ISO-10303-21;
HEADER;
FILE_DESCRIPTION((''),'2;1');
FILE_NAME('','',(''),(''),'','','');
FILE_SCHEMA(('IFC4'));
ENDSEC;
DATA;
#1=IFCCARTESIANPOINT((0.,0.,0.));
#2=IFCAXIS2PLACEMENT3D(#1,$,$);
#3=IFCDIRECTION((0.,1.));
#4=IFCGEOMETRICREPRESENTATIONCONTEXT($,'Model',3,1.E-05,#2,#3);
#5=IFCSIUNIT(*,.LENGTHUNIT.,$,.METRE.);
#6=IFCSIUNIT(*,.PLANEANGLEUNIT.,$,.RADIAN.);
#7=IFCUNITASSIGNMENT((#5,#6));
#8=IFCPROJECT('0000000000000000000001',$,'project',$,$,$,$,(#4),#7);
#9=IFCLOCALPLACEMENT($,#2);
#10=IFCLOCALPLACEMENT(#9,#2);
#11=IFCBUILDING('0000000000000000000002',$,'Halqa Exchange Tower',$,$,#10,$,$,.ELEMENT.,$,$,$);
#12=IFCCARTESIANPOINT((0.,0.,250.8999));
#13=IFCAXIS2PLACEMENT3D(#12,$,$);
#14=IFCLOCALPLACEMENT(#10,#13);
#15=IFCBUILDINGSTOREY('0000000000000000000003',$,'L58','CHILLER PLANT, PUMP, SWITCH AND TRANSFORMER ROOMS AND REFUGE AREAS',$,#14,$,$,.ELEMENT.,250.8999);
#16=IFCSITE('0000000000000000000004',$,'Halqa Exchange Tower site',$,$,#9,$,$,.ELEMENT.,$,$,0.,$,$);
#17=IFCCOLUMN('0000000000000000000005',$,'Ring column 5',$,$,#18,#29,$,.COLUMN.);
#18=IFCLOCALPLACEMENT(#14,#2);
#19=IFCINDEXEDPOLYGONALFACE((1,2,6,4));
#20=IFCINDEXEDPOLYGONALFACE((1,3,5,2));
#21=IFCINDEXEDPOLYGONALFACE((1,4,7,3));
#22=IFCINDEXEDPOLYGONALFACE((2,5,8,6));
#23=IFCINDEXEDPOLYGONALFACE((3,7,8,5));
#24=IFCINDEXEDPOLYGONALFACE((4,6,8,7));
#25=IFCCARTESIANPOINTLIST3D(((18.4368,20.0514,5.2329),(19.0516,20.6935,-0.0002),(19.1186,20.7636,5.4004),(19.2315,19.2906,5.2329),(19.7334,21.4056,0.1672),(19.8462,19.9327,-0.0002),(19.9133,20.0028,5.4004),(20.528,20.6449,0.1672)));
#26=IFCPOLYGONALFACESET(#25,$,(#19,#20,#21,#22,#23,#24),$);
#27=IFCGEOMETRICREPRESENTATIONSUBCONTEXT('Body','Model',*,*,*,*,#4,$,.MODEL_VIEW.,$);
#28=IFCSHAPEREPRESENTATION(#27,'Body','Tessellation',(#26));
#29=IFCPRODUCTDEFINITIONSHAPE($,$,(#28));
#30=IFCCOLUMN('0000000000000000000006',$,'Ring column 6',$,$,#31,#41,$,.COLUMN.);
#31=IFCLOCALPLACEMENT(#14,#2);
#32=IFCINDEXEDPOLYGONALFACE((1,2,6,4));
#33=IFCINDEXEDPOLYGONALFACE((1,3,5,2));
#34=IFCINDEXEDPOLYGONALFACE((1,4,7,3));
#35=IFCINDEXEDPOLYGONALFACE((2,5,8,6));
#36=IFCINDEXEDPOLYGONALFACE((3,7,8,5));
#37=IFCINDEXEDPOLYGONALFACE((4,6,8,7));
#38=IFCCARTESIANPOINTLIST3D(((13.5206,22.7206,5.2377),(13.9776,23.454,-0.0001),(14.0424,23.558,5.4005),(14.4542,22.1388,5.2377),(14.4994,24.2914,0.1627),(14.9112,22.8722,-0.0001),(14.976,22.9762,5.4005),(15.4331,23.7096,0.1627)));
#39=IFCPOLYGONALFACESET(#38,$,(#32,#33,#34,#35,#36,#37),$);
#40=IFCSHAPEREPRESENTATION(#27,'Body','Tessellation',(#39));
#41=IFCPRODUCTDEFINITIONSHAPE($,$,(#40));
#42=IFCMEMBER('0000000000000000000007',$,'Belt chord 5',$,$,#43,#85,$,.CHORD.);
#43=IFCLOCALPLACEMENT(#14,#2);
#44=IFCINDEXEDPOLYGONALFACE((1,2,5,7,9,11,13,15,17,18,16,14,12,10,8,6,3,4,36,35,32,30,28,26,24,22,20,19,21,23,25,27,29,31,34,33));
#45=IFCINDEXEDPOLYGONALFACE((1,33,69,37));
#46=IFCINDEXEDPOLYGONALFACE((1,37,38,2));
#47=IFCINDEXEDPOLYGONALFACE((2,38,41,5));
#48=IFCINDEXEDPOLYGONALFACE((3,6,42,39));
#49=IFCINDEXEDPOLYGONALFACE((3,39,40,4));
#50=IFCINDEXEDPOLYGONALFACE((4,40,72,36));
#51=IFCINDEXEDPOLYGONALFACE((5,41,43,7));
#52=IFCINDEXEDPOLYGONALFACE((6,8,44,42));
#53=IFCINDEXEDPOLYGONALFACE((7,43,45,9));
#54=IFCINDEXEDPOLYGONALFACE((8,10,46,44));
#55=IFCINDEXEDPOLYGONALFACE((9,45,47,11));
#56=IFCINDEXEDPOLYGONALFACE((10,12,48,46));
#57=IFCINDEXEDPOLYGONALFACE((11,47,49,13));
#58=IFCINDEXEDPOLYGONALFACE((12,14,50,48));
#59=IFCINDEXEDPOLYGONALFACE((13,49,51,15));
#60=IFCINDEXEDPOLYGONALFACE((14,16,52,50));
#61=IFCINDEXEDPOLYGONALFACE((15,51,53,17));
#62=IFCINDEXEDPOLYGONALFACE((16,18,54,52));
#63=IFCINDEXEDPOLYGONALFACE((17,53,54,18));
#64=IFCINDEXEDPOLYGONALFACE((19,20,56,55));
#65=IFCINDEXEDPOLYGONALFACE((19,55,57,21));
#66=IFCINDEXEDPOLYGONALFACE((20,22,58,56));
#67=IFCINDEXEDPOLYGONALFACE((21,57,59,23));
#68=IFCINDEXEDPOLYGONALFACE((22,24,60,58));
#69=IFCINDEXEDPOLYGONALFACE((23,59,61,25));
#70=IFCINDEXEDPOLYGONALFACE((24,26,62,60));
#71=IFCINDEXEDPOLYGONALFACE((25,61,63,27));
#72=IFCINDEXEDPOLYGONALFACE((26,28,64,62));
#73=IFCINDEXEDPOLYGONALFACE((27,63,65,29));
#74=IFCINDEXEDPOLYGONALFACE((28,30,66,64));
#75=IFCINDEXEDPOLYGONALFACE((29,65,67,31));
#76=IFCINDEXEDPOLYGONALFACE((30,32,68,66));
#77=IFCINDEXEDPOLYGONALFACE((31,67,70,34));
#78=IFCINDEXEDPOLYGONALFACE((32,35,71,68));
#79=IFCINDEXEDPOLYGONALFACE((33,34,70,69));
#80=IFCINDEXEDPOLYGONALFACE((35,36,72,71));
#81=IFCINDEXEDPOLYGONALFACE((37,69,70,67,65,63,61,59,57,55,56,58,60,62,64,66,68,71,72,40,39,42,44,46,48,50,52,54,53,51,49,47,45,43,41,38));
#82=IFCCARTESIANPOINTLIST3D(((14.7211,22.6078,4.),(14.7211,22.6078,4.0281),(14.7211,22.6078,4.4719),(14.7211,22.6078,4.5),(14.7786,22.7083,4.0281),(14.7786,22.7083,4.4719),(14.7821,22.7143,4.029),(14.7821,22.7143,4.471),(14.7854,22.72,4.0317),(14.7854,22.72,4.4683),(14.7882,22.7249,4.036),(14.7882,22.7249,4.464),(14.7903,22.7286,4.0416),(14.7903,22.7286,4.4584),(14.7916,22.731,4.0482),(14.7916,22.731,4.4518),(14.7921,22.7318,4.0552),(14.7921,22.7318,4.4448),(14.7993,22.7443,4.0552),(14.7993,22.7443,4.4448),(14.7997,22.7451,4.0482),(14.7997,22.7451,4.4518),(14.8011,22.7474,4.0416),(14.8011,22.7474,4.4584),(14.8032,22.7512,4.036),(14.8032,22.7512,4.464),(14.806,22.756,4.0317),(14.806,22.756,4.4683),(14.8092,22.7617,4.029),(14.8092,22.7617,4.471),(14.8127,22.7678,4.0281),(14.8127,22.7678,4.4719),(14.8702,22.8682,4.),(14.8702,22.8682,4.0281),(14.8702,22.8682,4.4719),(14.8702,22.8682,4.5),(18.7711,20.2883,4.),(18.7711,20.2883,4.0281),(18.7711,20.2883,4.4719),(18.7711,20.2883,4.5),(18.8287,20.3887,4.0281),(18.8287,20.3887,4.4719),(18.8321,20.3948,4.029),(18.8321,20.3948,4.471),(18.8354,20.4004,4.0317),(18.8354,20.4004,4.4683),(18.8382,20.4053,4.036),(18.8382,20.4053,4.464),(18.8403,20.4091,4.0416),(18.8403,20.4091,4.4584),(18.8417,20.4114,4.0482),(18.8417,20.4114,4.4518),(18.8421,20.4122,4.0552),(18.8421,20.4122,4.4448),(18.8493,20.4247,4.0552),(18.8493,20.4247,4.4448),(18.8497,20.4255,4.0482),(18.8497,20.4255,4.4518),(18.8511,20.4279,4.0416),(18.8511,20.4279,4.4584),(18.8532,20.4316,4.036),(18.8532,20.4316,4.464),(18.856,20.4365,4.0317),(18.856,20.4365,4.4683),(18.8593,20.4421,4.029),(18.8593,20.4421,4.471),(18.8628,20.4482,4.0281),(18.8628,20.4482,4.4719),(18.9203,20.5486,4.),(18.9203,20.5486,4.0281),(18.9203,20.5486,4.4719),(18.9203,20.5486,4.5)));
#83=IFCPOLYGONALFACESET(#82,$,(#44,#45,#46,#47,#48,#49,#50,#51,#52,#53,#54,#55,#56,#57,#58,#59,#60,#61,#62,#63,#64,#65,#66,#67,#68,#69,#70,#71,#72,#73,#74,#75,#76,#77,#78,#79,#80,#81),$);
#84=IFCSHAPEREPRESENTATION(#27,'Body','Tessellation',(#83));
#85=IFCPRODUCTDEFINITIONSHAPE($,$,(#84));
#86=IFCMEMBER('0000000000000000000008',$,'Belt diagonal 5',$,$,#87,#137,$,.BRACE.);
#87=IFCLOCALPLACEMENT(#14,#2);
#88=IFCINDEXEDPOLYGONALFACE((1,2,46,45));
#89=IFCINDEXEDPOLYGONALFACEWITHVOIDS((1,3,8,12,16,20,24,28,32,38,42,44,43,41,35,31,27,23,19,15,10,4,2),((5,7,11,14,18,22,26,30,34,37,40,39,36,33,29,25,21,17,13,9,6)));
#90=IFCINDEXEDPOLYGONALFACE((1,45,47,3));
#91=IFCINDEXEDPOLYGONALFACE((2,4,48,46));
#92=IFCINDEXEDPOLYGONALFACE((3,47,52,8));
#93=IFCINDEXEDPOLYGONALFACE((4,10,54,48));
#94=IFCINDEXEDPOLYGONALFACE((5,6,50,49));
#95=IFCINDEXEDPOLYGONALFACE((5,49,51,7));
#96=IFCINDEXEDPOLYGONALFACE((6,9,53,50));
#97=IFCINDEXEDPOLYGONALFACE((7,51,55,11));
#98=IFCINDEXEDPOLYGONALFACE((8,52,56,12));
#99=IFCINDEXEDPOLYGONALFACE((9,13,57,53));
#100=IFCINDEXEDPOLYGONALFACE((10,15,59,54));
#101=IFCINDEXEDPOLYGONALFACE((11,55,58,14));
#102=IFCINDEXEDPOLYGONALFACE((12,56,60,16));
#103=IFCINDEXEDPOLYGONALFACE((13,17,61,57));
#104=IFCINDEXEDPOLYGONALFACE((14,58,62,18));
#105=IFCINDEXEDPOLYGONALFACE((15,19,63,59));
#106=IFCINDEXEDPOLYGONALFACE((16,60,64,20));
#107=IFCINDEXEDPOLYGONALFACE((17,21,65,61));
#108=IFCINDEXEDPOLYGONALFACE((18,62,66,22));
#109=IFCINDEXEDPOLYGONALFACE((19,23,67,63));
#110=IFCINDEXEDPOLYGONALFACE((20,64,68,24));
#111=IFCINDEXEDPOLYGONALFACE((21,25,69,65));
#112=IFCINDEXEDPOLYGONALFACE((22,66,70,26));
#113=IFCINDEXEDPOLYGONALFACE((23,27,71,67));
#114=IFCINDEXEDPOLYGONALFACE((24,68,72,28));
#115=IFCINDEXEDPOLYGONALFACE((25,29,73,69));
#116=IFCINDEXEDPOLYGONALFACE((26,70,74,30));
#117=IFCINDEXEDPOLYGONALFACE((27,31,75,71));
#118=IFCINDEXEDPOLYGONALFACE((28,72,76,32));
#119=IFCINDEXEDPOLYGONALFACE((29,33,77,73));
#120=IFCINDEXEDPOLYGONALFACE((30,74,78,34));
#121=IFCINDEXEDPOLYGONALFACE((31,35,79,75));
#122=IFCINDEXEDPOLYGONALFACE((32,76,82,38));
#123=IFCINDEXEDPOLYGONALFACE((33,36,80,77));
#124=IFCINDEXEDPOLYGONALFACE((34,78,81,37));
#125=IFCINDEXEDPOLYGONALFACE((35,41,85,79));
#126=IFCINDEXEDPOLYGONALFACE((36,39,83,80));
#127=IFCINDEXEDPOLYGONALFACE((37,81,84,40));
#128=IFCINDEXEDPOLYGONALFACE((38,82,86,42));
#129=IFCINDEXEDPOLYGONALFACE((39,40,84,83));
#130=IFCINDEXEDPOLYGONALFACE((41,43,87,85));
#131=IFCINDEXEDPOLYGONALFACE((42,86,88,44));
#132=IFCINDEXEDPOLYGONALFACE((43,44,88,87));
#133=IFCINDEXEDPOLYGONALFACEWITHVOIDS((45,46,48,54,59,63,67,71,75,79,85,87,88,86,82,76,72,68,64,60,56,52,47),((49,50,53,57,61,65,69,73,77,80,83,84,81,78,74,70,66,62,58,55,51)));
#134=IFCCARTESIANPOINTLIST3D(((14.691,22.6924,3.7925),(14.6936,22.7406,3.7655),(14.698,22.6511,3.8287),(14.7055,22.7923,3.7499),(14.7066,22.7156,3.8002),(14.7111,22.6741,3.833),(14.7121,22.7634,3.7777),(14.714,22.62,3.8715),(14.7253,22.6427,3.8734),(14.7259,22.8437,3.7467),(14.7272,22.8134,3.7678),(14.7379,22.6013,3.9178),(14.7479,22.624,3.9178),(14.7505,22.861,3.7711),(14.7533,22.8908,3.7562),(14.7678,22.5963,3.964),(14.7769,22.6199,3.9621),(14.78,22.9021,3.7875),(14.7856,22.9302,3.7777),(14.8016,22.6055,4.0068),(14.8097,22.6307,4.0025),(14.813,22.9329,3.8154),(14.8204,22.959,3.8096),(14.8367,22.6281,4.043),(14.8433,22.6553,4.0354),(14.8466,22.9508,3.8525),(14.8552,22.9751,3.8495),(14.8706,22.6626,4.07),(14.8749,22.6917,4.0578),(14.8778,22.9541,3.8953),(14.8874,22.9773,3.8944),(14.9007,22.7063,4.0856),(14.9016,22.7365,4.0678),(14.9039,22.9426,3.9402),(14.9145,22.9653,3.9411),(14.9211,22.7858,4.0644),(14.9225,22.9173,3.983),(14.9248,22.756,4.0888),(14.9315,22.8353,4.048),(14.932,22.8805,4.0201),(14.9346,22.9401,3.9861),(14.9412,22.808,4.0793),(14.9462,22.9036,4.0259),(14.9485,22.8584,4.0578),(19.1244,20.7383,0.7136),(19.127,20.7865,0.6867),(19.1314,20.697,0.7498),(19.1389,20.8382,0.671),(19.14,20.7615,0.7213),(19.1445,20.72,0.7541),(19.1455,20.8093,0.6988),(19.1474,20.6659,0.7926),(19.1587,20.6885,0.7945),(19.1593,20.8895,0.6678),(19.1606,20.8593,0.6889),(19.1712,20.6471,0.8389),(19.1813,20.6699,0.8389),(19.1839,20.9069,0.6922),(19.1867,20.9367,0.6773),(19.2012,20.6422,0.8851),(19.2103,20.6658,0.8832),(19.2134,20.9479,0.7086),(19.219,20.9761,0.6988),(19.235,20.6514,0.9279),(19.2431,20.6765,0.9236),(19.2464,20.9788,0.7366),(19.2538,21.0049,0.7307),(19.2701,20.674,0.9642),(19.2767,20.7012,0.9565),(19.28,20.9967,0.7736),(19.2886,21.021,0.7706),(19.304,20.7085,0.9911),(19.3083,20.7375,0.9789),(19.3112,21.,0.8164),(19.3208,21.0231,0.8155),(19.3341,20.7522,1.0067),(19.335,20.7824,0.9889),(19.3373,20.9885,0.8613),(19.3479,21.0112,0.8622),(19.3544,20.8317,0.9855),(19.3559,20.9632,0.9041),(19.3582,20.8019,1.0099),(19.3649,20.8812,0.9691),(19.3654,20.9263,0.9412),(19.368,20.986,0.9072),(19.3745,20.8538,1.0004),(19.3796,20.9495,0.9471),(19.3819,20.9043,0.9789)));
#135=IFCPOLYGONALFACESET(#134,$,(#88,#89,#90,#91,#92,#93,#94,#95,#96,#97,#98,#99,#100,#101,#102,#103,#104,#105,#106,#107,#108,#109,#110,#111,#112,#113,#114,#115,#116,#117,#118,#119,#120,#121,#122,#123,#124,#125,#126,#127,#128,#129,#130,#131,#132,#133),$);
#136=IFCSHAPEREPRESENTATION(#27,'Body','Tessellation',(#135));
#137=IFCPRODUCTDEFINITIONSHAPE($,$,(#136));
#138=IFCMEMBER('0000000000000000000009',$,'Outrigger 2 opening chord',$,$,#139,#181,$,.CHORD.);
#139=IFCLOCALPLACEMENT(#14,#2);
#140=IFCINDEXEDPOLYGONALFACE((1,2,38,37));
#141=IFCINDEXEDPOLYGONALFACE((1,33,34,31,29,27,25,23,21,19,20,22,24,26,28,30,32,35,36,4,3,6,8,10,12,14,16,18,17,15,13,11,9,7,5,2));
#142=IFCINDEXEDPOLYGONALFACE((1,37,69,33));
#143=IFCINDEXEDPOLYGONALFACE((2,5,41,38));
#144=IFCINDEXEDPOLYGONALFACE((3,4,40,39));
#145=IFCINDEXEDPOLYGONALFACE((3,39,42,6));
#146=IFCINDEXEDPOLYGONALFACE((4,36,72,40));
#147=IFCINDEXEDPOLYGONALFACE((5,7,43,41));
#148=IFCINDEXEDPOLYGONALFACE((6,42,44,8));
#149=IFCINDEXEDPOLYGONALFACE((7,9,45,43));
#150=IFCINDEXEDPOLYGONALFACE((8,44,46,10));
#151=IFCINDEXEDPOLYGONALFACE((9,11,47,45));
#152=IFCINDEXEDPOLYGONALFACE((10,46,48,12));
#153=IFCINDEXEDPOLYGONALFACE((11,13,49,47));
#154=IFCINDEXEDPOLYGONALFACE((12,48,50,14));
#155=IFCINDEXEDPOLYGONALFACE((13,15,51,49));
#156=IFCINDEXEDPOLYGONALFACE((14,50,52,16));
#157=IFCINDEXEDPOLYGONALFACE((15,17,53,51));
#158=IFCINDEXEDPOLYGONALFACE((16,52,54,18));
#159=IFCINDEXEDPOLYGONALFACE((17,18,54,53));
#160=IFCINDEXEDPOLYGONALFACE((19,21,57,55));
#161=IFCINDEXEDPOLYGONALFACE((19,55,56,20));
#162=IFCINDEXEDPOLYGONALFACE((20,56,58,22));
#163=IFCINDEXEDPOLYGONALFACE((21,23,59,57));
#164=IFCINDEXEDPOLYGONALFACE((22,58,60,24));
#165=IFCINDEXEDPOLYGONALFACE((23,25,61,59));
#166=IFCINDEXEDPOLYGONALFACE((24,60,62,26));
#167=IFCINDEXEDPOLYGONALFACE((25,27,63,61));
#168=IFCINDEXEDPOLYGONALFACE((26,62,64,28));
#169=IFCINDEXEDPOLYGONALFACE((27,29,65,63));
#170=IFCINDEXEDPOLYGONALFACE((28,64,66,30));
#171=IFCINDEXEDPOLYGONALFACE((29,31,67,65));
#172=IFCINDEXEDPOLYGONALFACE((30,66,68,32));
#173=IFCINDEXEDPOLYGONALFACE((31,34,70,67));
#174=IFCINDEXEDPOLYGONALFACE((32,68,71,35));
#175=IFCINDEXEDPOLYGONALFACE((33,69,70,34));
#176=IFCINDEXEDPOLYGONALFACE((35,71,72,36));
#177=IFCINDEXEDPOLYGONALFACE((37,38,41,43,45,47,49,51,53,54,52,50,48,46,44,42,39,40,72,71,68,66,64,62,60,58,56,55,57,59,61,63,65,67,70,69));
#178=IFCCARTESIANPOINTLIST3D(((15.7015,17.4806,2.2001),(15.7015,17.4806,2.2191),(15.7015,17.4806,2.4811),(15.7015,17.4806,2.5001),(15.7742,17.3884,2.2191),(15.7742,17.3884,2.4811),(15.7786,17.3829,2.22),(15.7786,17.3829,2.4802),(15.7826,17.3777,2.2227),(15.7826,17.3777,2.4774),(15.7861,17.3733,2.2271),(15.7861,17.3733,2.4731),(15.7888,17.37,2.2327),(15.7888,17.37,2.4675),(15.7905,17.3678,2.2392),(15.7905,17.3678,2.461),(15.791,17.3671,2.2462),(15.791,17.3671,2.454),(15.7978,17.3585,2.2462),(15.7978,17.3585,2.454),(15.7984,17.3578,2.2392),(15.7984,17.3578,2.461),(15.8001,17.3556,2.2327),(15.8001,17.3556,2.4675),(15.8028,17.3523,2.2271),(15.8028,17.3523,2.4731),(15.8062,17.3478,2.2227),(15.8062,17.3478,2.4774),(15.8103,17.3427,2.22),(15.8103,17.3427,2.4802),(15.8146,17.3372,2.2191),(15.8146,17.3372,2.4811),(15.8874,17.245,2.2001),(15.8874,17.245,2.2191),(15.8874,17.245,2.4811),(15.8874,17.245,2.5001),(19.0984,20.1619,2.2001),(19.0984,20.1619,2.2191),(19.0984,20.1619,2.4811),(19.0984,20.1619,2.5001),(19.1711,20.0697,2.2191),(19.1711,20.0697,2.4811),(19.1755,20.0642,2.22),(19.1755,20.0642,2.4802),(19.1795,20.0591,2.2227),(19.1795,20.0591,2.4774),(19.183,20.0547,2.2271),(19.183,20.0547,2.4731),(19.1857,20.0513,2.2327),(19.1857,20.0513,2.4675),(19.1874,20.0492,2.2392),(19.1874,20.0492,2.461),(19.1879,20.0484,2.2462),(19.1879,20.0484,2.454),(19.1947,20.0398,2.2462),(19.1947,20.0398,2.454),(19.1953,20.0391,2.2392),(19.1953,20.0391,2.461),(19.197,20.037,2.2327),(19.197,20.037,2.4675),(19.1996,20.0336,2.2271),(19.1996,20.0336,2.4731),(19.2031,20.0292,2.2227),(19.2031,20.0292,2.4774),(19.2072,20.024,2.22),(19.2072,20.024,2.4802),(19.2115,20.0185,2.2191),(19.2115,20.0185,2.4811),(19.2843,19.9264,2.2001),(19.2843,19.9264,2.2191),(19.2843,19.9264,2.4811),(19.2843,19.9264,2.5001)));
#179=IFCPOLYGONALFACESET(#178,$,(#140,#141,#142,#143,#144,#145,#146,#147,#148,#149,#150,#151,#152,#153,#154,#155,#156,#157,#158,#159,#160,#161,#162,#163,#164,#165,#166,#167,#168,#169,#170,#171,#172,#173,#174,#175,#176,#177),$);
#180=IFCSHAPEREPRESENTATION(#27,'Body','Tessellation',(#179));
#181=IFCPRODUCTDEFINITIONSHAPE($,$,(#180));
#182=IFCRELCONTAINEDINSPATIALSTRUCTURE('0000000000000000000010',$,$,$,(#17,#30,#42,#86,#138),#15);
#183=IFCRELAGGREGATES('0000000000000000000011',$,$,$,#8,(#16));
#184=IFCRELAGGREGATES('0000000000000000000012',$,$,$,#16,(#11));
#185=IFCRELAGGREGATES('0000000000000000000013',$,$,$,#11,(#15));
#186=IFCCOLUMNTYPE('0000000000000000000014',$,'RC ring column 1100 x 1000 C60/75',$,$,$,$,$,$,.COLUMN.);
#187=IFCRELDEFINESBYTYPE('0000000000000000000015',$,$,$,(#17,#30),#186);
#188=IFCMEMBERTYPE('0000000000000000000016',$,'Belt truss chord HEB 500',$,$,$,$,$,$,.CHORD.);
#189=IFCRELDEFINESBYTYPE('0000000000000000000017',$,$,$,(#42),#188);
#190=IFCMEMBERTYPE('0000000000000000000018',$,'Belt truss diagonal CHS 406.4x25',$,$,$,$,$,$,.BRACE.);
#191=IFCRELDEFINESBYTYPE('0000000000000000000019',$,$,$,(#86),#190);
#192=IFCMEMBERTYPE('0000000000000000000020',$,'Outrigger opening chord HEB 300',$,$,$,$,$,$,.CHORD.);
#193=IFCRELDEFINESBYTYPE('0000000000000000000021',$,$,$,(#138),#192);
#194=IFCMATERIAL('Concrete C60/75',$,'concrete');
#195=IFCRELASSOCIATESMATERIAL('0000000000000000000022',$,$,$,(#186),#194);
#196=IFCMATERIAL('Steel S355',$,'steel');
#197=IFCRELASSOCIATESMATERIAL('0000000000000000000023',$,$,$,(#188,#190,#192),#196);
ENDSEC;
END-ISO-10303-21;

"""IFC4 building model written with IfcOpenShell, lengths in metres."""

from ifc_helpers import new_model, si_unit, direction, frame, origin, origin_2d, place, context, subcontext, project, spatial, rectangle, hollow_circle, i_section, extrude, material, material_profile, profile_set, type_object, element, save


model = new_model("IFC4")

# Units and contexts
model_context = context("Model", 3, precision=1e-05, world=origin(), true_north=direction((0.0, 1.0)))
body_context = subcontext(model_context, "Body", "Model", "MODEL_VIEW")
ifc_project = project(units=[si_unit("LENGTHUNIT", "METRE"), si_unit("PLANEANGLEUNIT", "RADIAN")], contexts=[model_context])

# Site, building, storey
site_placement = place(None, origin())
site = spatial("IfcSite", under=ifc_project, at=site_placement, Name="Halqa Exchange Tower site", CompositionType="ELEMENT", RefElevation=0.0)
building_placement = place(site_placement, origin())
building = spatial("IfcBuilding", under=site, at=building_placement, Name="Halqa Exchange Tower", CompositionType="ELEMENT")
storey_placement = place(building_placement, frame((0.0, 0.0, 250.8999)))
storey = spatial("IfcBuildingStorey", under=building, at=storey_placement, Name="L58", Description="CHILLER PLANT, PUMP, SWITCH AND TRANSFORMER ROOMS AND REFUGE AREAS", CompositionType="ELEMENT", Elevation=250.8999)

# Columns
ifc_material_1 = material(Name="Concrete C60/75", Category="concrete")
ifc_material_profile_1 = material_profile(ifc_material_1, rectangle(XDim=1.1001, YDim=1.0, at=origin_2d()), Name="1100 x 1000")
ifc_profile_set_1 = profile_set([ifc_material_profile_1], Name="Concrete C60/75")
column_type = type_object("IfcColumnType", Name="RC ring column 1100 x 1000 C60/75", PredefinedType="COLUMN", material=ifc_profile_set_1)
column_1_placement = place(storey_placement, frame((19.7898, 20.6692, 0.0835), z_axis=(-0.115812, -0.120964, 0.985878), x_axis=(0.72232, -0.691559, 0.0)))
element("IfcColumn", 1, at=column_1_placement, inside=storey, type_object=column_type, Name="Ring column 5", PredefinedType="COLUMN", context=body_context, shape_type="SweptSolid", body=[
    extrude(rectangle(XDim=1.1001, YDim=1.0, at=origin_2d()), origin(), (0.0, 0.0, 1.0), 5.3081),
])
column_2_placement = place(storey_placement, frame((14.7053, 23.5818, 0.0813), z_axis=(-0.086093, -0.138153, 0.986662), x_axis=(0.848696, -0.528881, 0.0)))
element("IfcColumn", 2, at=column_2_placement, inside=storey, type_object=column_type, Name="Ring column 6", PredefinedType="COLUMN", context=body_context, shape_type="SweptSolid", body=[
    extrude(rectangle(XDim=1.1001, YDim=1.0, at=origin_2d()), origin(), (0.0, 0.0, 1.0), 5.3086),
])

# Members
ifc_material_2 = material(Name="Steel S355", Category="steel")
ifc_material_profile_2 = material_profile(ifc_material_2, i_section(OverallWidth=0.3, OverallDepth=0.5, WebThickness=0.0144, FlangeThickness=0.0281, FilletRadius=0.0271, at=origin_2d()), Name="HEB 500")
ifc_profile_set_2 = profile_set([ifc_material_profile_2], Name="Steel S355")
member_type_1 = type_object("IfcMemberType", Name="Belt truss chord HEB 500", PredefinedType="CHORD", material=ifc_profile_set_2)
member_1_placement = place(storey_placement, frame((18.8457, 20.4185, 4.25), z_axis=(-0.867757, 0.496989, 0.0), x_axis=(-0.496989, -0.867757, 0.0)))
element("IfcMember", 3, at=member_1_placement, inside=storey, type_object=member_type_1, Name="Belt chord 5", PredefinedType="CHORD", context=body_context, shape_type="SweptSolid", body=[
    extrude(i_section(OverallWidth=0.3, OverallDepth=0.5, WebThickness=0.0144, FlangeThickness=0.0281, FilletRadius=0.0271, at=origin_2d()), origin(), (0.0, 0.0, 1.0), 4.6672),
])
ifc_material_profile_3 = material_profile(ifc_material_2, hollow_circle(Radius=0.2031, WallThickness=0.0249, at=origin_2d()), Name="CHS 406.4x25")
ifc_profile_set_3 = profile_set([ifc_material_profile_3], Name="Steel S355")
member_type_2 = type_object("IfcMemberType", Name="Belt truss diagonal CHS 406.4x25", PredefinedType="BRACE", material=ifc_profile_set_3)
member_2_placement = place(storey_placement, frame((19.2532, 20.833, 0.8389), z_axis=(-0.772304, 0.340411, 0.536347), x_axis=(-0.403331, -0.915054, 0.0)))
element("IfcMember", 4, at=member_2_placement, inside=storey, type_object=member_type_2, Name="Belt diagonal 5", PredefinedType="BRACE", context=body_context, shape_type="SweptSolid", body=[
    extrude(hollow_circle(Radius=0.2031, WallThickness=0.0249, at=origin_2d()), origin(), (0.0, 0.0, 1.0), 5.7405),
])
ifc_material_profile_4 = material_profile(ifc_material_2, i_section(OverallWidth=0.3, OverallDepth=0.3, WebThickness=0.011, FlangeThickness=0.019, FilletRadius=0.0271, at=origin_2d()), Name="HEB 300")
ifc_profile_set_4 = profile_set([ifc_material_profile_4], Name="Steel S355")
member_type_3 = type_object("IfcMemberType", Name="Outrigger opening chord HEB 300", PredefinedType="CHORD", material=ifc_profile_set_4)
member_3_placement = place(storey_placement, frame((15.7944, 17.3628, 2.3501), z_axis=(0.78493, 0.619584, 0.0), x_axis=(-0.619584, 0.78493, 0.0)))
element("IfcMember", 5, at=member_3_placement, inside=storey, type_object=member_type_3, Name="Outrigger 2 opening chord", PredefinedType="CHORD", context=body_context, shape_type="SweptSolid", body=[
    extrude(i_section(OverallWidth=0.3, OverallDepth=0.3, WebThickness=0.011, FlangeThickness=0.019, FilletRadius=0.0271, at=origin_2d()), origin(), (0.0, 0.0, 1.0), 4.3276),
])

save(model, "model.ifc")
